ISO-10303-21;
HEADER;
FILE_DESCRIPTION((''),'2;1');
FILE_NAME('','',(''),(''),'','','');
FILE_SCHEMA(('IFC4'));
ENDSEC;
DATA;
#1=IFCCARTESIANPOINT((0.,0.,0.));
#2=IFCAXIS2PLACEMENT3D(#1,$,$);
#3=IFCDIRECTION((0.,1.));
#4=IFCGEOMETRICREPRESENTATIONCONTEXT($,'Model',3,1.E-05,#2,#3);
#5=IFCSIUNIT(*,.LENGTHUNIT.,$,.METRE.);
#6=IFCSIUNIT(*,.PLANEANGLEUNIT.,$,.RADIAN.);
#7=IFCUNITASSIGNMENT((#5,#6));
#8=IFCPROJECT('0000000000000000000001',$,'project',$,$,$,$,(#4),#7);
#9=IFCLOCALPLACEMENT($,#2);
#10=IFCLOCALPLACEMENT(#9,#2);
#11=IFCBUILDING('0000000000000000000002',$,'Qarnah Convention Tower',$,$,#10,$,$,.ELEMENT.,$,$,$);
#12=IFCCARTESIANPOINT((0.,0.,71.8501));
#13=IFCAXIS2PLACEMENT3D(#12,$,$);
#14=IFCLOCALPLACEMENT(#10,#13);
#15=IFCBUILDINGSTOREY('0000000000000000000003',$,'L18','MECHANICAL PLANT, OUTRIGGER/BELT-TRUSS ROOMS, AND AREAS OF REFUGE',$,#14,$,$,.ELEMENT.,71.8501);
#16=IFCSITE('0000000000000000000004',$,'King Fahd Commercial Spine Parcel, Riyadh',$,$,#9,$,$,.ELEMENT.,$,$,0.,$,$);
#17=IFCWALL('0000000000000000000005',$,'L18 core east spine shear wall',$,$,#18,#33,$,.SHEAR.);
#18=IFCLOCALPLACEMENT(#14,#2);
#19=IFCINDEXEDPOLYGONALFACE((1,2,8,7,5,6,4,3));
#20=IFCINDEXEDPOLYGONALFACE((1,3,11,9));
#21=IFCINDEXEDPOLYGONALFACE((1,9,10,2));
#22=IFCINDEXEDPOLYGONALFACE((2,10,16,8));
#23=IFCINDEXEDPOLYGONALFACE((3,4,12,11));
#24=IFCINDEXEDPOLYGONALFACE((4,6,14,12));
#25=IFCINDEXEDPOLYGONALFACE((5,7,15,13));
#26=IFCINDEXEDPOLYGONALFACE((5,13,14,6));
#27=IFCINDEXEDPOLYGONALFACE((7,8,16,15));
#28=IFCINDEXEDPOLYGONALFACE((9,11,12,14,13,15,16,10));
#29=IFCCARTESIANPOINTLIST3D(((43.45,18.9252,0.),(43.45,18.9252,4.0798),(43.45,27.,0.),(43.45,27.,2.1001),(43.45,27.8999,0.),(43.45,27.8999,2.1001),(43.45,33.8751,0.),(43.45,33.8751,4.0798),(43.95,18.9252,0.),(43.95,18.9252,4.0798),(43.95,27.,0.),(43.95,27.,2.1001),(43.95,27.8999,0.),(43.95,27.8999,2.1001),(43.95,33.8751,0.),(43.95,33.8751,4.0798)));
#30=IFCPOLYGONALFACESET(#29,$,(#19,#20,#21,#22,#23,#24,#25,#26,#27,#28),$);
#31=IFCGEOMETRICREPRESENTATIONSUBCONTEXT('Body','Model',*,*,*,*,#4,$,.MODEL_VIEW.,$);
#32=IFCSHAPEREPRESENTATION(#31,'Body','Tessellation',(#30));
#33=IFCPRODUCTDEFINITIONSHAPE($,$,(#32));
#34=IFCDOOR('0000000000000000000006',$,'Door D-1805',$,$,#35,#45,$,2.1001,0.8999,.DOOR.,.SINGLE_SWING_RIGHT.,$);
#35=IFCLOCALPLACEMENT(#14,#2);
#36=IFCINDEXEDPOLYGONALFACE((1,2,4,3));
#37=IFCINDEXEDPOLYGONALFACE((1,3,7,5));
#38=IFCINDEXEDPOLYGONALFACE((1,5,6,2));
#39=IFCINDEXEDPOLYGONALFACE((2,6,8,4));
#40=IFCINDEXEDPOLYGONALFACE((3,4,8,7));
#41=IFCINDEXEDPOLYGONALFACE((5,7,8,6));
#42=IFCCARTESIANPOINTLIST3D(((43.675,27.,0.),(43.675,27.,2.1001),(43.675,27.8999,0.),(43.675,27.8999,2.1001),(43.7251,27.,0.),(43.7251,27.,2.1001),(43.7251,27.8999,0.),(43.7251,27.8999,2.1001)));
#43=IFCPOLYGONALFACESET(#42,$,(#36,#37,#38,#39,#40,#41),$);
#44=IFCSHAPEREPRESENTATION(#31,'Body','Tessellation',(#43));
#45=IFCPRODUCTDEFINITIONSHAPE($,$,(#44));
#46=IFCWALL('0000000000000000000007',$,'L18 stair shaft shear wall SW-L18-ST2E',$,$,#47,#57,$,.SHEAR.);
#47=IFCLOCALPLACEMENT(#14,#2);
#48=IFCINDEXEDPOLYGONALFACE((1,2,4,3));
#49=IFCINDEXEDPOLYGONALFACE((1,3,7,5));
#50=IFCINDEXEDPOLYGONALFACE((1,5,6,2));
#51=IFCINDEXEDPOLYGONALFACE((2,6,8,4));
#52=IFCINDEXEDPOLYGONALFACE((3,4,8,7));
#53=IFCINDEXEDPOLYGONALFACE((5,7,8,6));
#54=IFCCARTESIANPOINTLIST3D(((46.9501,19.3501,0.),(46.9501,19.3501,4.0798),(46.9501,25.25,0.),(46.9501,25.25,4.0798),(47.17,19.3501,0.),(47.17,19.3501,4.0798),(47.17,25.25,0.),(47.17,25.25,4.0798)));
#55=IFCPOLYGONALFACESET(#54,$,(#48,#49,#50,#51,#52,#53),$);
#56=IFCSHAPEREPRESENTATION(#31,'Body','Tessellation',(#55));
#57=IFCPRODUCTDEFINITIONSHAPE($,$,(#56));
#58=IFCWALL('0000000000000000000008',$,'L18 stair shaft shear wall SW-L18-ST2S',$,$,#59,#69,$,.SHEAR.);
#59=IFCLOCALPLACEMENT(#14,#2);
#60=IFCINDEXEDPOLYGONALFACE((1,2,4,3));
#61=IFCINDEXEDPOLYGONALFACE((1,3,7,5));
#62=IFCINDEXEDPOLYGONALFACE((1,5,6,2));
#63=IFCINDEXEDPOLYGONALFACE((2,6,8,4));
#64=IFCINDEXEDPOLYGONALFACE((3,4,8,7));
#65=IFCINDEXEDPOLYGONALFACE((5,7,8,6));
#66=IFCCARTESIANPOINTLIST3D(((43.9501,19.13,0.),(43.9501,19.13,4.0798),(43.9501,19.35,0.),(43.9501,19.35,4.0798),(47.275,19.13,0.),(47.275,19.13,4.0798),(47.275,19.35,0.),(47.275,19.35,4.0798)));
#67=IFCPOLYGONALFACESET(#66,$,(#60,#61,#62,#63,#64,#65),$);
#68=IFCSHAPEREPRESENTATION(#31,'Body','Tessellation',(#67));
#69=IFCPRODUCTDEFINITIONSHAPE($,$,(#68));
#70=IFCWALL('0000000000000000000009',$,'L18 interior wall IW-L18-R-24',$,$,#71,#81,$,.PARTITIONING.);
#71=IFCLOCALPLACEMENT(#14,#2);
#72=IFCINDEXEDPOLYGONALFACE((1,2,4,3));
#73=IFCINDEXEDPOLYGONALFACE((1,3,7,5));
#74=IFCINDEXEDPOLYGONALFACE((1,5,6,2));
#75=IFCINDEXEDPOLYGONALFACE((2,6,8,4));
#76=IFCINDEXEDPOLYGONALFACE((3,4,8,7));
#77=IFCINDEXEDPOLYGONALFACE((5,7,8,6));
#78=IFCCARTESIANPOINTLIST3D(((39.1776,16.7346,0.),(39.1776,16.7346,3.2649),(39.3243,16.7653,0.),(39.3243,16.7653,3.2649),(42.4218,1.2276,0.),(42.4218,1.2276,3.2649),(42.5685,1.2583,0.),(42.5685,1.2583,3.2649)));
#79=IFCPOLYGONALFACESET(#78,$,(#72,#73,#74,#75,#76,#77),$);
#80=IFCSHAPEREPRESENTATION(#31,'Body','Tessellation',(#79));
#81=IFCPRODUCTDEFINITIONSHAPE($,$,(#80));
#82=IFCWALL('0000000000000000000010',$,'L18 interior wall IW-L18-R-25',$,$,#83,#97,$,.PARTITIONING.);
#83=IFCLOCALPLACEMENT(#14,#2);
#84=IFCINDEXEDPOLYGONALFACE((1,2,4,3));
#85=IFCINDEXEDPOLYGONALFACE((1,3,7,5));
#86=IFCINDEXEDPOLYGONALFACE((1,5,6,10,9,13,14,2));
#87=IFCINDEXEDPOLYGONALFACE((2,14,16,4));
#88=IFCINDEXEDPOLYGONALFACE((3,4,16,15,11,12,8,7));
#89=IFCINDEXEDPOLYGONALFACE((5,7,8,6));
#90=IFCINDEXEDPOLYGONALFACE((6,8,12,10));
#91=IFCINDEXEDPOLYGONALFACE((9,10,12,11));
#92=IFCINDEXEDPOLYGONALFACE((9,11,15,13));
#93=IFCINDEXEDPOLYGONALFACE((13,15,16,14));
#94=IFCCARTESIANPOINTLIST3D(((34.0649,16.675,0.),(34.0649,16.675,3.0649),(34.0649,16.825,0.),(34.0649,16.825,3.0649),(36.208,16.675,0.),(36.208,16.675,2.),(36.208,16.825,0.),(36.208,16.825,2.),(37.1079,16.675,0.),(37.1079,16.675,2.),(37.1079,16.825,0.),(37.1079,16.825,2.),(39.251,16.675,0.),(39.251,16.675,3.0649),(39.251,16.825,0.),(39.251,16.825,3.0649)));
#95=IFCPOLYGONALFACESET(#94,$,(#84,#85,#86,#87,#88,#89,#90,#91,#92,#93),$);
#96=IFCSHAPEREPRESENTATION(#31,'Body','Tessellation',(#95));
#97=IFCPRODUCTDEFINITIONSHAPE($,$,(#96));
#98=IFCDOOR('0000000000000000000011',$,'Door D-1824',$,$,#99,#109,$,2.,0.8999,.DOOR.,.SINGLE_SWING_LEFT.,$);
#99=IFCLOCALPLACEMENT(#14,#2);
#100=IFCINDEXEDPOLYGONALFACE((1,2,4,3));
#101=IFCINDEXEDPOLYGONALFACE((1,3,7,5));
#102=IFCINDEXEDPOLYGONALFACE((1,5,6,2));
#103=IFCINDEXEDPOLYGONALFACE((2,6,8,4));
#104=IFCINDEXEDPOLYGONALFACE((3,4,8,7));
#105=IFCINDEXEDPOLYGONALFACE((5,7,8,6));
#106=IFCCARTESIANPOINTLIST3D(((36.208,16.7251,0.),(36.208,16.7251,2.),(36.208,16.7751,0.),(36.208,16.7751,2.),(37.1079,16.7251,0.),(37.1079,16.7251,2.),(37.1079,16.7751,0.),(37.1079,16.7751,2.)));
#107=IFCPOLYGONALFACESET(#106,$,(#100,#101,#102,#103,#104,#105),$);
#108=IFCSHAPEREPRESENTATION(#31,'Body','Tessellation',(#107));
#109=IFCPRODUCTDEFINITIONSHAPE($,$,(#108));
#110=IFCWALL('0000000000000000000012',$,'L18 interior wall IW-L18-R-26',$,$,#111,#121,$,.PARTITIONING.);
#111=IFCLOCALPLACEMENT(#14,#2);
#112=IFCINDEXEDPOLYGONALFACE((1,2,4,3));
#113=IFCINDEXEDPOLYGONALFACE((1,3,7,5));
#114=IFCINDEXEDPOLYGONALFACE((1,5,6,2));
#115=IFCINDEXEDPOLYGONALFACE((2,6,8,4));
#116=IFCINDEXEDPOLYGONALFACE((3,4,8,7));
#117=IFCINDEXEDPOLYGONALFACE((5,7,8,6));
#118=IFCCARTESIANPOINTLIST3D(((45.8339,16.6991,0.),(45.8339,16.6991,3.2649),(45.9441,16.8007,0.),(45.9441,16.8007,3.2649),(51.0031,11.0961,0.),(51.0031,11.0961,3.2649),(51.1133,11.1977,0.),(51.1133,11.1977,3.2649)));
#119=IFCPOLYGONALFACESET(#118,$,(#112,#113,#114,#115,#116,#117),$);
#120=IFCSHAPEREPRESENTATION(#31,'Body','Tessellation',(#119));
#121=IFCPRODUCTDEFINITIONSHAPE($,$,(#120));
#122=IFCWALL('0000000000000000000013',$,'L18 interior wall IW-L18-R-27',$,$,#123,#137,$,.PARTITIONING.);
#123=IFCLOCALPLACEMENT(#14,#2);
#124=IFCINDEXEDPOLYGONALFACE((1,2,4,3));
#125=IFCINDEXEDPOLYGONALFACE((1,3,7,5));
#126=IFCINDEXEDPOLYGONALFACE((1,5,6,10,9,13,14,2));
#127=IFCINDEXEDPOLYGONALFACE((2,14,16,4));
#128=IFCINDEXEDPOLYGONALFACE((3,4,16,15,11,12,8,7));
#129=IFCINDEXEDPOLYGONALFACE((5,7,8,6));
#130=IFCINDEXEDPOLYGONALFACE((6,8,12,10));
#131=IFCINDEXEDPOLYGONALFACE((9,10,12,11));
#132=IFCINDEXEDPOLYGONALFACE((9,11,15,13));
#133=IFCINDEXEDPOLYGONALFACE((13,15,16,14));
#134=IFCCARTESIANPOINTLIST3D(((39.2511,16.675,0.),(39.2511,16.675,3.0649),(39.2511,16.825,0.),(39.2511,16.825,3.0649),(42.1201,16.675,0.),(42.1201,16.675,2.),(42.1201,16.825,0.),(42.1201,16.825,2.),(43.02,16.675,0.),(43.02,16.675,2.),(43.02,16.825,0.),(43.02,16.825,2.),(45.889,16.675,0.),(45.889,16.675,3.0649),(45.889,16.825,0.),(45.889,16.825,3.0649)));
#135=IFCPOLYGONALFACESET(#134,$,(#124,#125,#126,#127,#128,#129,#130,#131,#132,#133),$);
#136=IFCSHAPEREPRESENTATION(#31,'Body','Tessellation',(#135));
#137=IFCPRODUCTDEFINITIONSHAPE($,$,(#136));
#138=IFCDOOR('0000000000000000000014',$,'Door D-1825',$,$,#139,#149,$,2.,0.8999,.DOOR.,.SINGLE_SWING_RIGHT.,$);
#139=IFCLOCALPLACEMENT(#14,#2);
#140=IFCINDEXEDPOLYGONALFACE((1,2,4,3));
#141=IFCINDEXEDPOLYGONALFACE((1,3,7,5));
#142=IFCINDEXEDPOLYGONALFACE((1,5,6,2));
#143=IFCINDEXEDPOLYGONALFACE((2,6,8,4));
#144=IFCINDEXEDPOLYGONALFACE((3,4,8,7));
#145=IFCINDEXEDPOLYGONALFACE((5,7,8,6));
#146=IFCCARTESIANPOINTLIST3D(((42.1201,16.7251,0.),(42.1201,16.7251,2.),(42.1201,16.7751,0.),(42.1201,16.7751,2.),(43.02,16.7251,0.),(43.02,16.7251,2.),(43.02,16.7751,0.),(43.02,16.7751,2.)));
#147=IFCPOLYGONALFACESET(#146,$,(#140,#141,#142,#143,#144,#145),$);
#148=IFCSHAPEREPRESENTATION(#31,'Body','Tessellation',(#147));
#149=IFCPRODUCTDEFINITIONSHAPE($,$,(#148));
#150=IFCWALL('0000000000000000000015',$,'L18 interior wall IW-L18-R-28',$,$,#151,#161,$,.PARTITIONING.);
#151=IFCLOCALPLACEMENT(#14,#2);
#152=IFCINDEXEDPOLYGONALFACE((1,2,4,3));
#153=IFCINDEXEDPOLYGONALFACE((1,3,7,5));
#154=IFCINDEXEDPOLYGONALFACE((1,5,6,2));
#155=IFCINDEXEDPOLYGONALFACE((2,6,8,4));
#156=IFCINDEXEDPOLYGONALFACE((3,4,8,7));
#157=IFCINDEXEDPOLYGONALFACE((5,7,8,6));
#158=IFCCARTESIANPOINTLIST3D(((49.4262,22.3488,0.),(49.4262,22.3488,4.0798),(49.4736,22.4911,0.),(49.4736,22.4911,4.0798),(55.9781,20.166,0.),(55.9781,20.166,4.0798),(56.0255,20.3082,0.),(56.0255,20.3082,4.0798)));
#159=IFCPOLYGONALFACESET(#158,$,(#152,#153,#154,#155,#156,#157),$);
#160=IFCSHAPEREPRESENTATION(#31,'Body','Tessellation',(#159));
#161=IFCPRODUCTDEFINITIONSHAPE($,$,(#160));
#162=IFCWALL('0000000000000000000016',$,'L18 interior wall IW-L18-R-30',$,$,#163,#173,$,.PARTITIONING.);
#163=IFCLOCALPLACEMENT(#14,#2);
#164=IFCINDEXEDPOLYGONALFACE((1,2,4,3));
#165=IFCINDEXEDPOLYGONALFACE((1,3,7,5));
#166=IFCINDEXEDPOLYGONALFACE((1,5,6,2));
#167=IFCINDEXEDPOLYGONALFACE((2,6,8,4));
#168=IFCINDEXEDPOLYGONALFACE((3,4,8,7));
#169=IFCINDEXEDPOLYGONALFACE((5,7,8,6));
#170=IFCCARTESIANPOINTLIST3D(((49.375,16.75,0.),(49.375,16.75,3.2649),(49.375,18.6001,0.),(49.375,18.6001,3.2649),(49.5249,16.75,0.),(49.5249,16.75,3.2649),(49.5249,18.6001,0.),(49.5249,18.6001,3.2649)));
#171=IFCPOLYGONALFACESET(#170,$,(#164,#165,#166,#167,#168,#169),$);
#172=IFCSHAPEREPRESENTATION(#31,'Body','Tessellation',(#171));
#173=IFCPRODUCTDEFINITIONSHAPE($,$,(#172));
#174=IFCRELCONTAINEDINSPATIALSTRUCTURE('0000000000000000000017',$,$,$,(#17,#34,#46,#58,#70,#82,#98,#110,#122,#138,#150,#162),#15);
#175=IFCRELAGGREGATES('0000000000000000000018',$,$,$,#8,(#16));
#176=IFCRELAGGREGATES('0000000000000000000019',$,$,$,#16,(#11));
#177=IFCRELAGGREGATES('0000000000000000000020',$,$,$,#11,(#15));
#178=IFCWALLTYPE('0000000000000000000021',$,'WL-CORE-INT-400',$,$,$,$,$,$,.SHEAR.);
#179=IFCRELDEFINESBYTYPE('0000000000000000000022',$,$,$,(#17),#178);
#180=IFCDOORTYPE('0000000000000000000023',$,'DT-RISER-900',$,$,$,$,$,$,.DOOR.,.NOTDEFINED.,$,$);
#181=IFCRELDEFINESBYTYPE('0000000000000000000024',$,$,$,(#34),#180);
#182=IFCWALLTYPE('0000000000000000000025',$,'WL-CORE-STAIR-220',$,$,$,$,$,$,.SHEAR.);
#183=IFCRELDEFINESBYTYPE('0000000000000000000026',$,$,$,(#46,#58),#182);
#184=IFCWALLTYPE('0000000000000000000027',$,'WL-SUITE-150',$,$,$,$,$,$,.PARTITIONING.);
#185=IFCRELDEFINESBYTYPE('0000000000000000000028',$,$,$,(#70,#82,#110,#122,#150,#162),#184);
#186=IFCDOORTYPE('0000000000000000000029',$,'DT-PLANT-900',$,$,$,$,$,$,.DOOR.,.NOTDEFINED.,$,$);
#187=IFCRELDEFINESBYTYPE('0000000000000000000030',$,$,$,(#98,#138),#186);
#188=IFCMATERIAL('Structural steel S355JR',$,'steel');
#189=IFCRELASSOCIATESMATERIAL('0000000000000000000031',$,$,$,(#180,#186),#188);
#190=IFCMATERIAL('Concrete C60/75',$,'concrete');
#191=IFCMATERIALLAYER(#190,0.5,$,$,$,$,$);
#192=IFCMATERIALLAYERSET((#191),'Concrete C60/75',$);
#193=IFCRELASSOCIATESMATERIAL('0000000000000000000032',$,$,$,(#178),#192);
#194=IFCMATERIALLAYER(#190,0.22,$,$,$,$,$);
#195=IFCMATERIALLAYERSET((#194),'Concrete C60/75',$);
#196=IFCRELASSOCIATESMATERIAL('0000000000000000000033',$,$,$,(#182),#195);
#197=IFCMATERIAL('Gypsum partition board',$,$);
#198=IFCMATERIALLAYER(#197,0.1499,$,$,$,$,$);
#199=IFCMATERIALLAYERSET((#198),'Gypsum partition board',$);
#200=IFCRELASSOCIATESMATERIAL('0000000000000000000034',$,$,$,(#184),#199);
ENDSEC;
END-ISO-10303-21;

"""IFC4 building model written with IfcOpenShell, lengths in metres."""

from ifc_helpers import new_model, si_unit, direction, frame, frame_2d, origin, place, context, subcontext, project, spatial, rectangle, extrude, material, layer, layer_set, type_object, element, fill, save


model = new_model("IFC4")

# Units and contexts
model_context = context("Model", 3, precision=1e-05, world=origin(), true_north=direction((0.0, 1.0)))
body_context = subcontext(model_context, "Body", "Model", "MODEL_VIEW")
ifc_project = project(units=[si_unit("LENGTHUNIT", "METRE"), si_unit("PLANEANGLEUNIT", "RADIAN")], contexts=[model_context])

# Site, building, storey
site_placement = place(None, origin())
site = spatial("IfcSite", under=ifc_project, at=site_placement, Name="King Fahd Commercial Spine Parcel, Riyadh", CompositionType="ELEMENT", RefElevation=0.0)
building_placement = place(site_placement, origin())
building = spatial("IfcBuilding", under=site, at=building_placement, Name="Qarnah Convention Tower", CompositionType="ELEMENT")
storey_placement = place(building_placement, frame((0.0, 0.0, 71.8501)))
storey = spatial("IfcBuildingStorey", under=building, at=storey_placement, Name="L18", Description="MECHANICAL PLANT, OUTRIGGER/BELT-TRUSS ROOMS, AND AREAS OF REFUGE", CompositionType="ELEMENT", Elevation=71.8501)

# Shared definitions
ifc_material_1 = material(Name="Concrete C60/75", Category="concrete")

# Shared definitions
ifc_material_2 = material(Name="Structural steel S355JR", Category="steel")

# Shared definitions
door_type_1 = type_object("IfcDoorType", Name="DT-RISER-900", OperationType="NOTDEFINED", PredefinedType="DOOR", material=ifc_material_2)

# Wall, opening, door
ifc_layer_1 = layer(ifc_material_1, 0.5)
ifc_layer_set_1 = layer_set([ifc_layer_1], Name="Concrete C60/75")
wall_type_1 = type_object("IfcWallType", Name="WL-CORE-INT-400", PredefinedType="SHEAR", material=ifc_layer_set_1)
wall_1_placement = place(storey_placement, frame((43.7, 18.925, 0.0), z_axis=(0.0, 0.0, 1.0), x_axis=(0.0, 1.0, 0.0)))
wall_1 = element("IfcWall", 1, at=wall_1_placement, inside=storey, type_object=wall_type_1, Name="L18 core east spine shear wall", PredefinedType="SHEAR", context=body_context, shape_type="SweptSolid", body=[
    extrude(rectangle(XDim=14.95, YDim=0.5, at=frame_2d((7.4751, 0.0))), origin(), (0.0, 0.0, 1.0), 4.0798),
])
opening_1_placement = place(wall_1_placement, frame((8.075, 0.0, 0.0)))
opening_1 = element("IfcOpeningElement", 2, at=opening_1_placement, cuts=wall_1, PredefinedType="OPENING", context=body_context, shape_type="SweptSolid", body=[
    extrude(rectangle(XDim=0.8999, YDim=2.1001, at=frame_2d((0.45, 1.05))), frame((0.0, 0.26, 0.0), z_axis=(0.0, -1.0, 0.0), x_axis=(1.0, 0.0, 0.0)), (0.0, 0.0, 1.0), 0.52),
])
door_1_placement = place(opening_1_placement, origin())
door_1 = element("IfcDoor", 3, at=door_1_placement, inside=storey, type_object=door_type_1, Name="Door D-1805", OperationType="SINGLE_SWING_RIGHT", OverallHeight=2.1001, OverallWidth=0.8999, PredefinedType="DOOR", context=body_context, shape_type="SweptSolid", body=[
    extrude(rectangle(XDim=0.8999, YDim=2.1001, at=frame_2d((0.45, 1.05))), frame((0.0, 0.0249, 0.0), z_axis=(0.0, -1.0, 0.0), x_axis=(1.0, 0.0, 0.0)), (0.0, 0.0, 1.0), 0.05),
])
fill(opening_1, door_1)

# Walls
ifc_layer_2 = layer(ifc_material_1, 0.22)
ifc_layer_set_2 = layer_set([ifc_layer_2], Name="Concrete C60/75")
wall_type_2 = type_object("IfcWallType", Name="WL-CORE-STAIR-220", PredefinedType="SHEAR", material=ifc_layer_set_2)
wall_2_placement = place(storey_placement, frame((47.0601, 19.3501, 0.0), z_axis=(0.0, 0.0, 1.0), x_axis=(0.0, 1.0, 0.0)))
element("IfcWall", 4, at=wall_2_placement, inside=storey, type_object=wall_type_2, Name="L18 stair shaft shear wall SW-L18-ST2E", PredefinedType="SHEAR", context=body_context, shape_type="SweptSolid", body=[
    extrude(rectangle(XDim=5.8999, YDim=0.22, at=frame_2d((2.95, 0.0))), origin(), (0.0, 0.0, 1.0), 4.0798),
])
wall_3_placement = place(storey_placement, frame((43.95, 19.24, 0.0), z_axis=(0.0, 0.0, 1.0), x_axis=(1.0, 0.0, 0.0)))
element("IfcWall", 5, at=wall_3_placement, inside=storey, type_object=wall_type_2, Name="L18 stair shaft shear wall SW-L18-ST2S", PredefinedType="SHEAR", context=body_context, shape_type="SweptSolid", body=[
    extrude(rectangle(XDim=3.325, YDim=0.22, at=frame_2d((1.6626, 0.0))), origin(), (0.0, 0.0, 1.0), 4.0798),
])
ifc_material_3 = material(Name="Gypsum partition board")
ifc_layer_3 = layer(ifc_material_3, 0.1499)
ifc_layer_set_3 = layer_set([ifc_layer_3], Name="Gypsum partition board")
wall_type_3 = type_object("IfcWallType", Name="WL-SUITE-150", PredefinedType="PARTITIONING", material=ifc_layer_set_3)
wall_4_placement = place(storey_placement, frame((42.4951, 1.2429, 0.0), z_axis=(0.0, 0.0, 1.0), x_axis=(-0.204771, 0.97881, 0.0)))
element("IfcWall", 6, at=wall_4_placement, inside=storey, type_object=wall_type_3, Name="L18 interior wall IW-L18-R-24", PredefinedType="PARTITIONING", context=body_context, shape_type="SweptSolid", body=[
    extrude(rectangle(XDim=15.8428, YDim=0.1499, at=frame_2d((7.9214, 0.0))), origin(), (0.0, 0.0, 1.0), 3.2649),
])

# Wall, opening, door
wall_5_placement = place(storey_placement, frame((39.251, 16.75, 0.0), z_axis=(0.0, 0.0, 1.0), x_axis=(-1.0, 0.0, 0.0)))
wall_5 = element("IfcWall", 7, at=wall_5_placement, inside=storey, type_object=wall_type_3, Name="L18 interior wall IW-L18-R-25", PredefinedType="PARTITIONING", context=body_context, shape_type="SweptSolid", body=[
    extrude(rectangle(XDim=5.186, YDim=0.1499, at=frame_2d((2.593, 0.0))), origin(), (0.0, 0.0, 1.0), 3.0649),
])
opening_2_placement = place(wall_5_placement, frame((2.1431, 0.0, 0.0)))
opening_2 = element("IfcOpeningElement", 8, at=opening_2_placement, cuts=wall_5, PredefinedType="OPENING", context=body_context, shape_type="SweptSolid", body=[
    extrude(rectangle(XDim=0.8999, YDim=2.0, at=frame_2d((0.45, 1.0))), frame((0.0, 0.085, 0.0), z_axis=(0.0, -1.0, 0.0), x_axis=(1.0, 0.0, 0.0)), (0.0, 0.0, 1.0), 0.1699),
])
door_type_2 = type_object("IfcDoorType", Name="DT-PLANT-900", OperationType="NOTDEFINED", PredefinedType="DOOR", material=ifc_material_2)
door_2_placement = place(opening_2_placement, origin())
door_2 = element("IfcDoor", 9, at=door_2_placement, inside=storey, type_object=door_type_2, Name="Door D-1824", OperationType="SINGLE_SWING_LEFT", OverallHeight=2.0, OverallWidth=0.8999, PredefinedType="DOOR", context=body_context, shape_type="SweptSolid", body=[
    extrude(rectangle(XDim=0.8999, YDim=2.0, at=frame_2d((0.45, 1.0))), frame((0.0, 0.0249, 0.0), z_axis=(0.0, -1.0, 0.0), x_axis=(1.0, 0.0, 0.0)), (0.0, 0.0, 1.0), 0.05),
])
fill(opening_2, door_2)

# Wall
wall_6_placement = place(storey_placement, frame((51.0581, 11.147, 0.0), z_axis=(0.0, 0.0, 1.0), x_axis=(-0.678079, 0.734989, 0.0)))
element("IfcWall", 10, at=wall_6_placement, inside=storey, type_object=wall_type_3, Name="L18 interior wall IW-L18-R-26", PredefinedType="PARTITIONING", context=body_context, shape_type="SweptSolid", body=[
    extrude(rectangle(XDim=7.6233, YDim=0.1499, at=frame_2d((3.8115, 0.0))), origin(), (0.0, 0.0, 1.0), 3.2649),
])

# Wall, opening, door
wall_7_placement = place(storey_placement, frame((45.8889, 16.75, 0.0), z_axis=(0.0, 0.0, 1.0), x_axis=(-1.0, 0.0, 0.0)))
wall_7 = element("IfcWall", 11, at=wall_7_placement, inside=storey, type_object=wall_type_3, Name="L18 interior wall IW-L18-R-27", PredefinedType="PARTITIONING", context=body_context, shape_type="SweptSolid", body=[
    extrude(rectangle(XDim=6.6379, YDim=0.1499, at=frame_2d((3.3188, 0.0))), origin(), (0.0, 0.0, 1.0), 3.0649),
])
opening_3_placement = place(wall_7_placement, frame((2.8689, 0.0, 0.0)))
opening_3 = element("IfcOpeningElement", 12, at=opening_3_placement, cuts=wall_7, PredefinedType="OPENING", context=body_context, shape_type="SweptSolid", body=[
    extrude(rectangle(XDim=0.8999, YDim=2.0, at=frame_2d((0.45, 1.0))), frame((0.0, 0.085, 0.0), z_axis=(0.0, -1.0, 0.0), x_axis=(1.0, 0.0, 0.0)), (0.0, 0.0, 1.0), 0.1699),
])
door_3_placement = place(opening_3_placement, origin())
door_3 = element("IfcDoor", 13, at=door_3_placement, inside=storey, type_object=door_type_2, Name="Door D-1825", OperationType="SINGLE_SWING_RIGHT", OverallHeight=2.0, OverallWidth=0.8999, PredefinedType="DOOR", context=body_context, shape_type="SweptSolid", body=[
    extrude(rectangle(XDim=0.8999, YDim=2.0, at=frame_2d((0.45, 1.0))), frame((0.0, 0.0249, 0.0), z_axis=(0.0, -1.0, 0.0), x_axis=(1.0, 0.0, 0.0)), (0.0, 0.0, 1.0), 0.05),
])
fill(opening_3, door_3)

# Walls
wall_8_placement = place(storey_placement, frame((56.002, 20.2371, 0.0), z_axis=(0.0, 0.0, 1.0), x_axis=(-0.948733, 0.316079, 0.0)))
element("IfcWall", 14, at=wall_8_placement, inside=storey, type_object=wall_type_3, Name="L18 interior wall IW-L18-R-28", PredefinedType="PARTITIONING", context=body_context, shape_type="SweptSolid", body=[
    extrude(rectangle(XDim=6.906, YDim=0.1499, at=frame_2d((3.4531, 0.0))), origin(), (0.0, 0.0, 1.0), 4.0798),
])
wall_9_placement = place(storey_placement, frame((49.45, 18.6001, 0.0), z_axis=(0.0, 0.0, 1.0), x_axis=(0.0, -1.0, 0.0)))
element("IfcWall", 15, at=wall_9_placement, inside=storey, type_object=wall_type_3, Name="L18 interior wall IW-L18-R-30", PredefinedType="PARTITIONING", context=body_context, shape_type="SweptSolid", body=[
    extrude(rectangle(XDim=1.8501, YDim=0.1499, at=frame_2d((0.925, 0.0))), origin(), (0.0, 0.0, 1.0), 3.2649),
])

save(model, "model.ifc")
